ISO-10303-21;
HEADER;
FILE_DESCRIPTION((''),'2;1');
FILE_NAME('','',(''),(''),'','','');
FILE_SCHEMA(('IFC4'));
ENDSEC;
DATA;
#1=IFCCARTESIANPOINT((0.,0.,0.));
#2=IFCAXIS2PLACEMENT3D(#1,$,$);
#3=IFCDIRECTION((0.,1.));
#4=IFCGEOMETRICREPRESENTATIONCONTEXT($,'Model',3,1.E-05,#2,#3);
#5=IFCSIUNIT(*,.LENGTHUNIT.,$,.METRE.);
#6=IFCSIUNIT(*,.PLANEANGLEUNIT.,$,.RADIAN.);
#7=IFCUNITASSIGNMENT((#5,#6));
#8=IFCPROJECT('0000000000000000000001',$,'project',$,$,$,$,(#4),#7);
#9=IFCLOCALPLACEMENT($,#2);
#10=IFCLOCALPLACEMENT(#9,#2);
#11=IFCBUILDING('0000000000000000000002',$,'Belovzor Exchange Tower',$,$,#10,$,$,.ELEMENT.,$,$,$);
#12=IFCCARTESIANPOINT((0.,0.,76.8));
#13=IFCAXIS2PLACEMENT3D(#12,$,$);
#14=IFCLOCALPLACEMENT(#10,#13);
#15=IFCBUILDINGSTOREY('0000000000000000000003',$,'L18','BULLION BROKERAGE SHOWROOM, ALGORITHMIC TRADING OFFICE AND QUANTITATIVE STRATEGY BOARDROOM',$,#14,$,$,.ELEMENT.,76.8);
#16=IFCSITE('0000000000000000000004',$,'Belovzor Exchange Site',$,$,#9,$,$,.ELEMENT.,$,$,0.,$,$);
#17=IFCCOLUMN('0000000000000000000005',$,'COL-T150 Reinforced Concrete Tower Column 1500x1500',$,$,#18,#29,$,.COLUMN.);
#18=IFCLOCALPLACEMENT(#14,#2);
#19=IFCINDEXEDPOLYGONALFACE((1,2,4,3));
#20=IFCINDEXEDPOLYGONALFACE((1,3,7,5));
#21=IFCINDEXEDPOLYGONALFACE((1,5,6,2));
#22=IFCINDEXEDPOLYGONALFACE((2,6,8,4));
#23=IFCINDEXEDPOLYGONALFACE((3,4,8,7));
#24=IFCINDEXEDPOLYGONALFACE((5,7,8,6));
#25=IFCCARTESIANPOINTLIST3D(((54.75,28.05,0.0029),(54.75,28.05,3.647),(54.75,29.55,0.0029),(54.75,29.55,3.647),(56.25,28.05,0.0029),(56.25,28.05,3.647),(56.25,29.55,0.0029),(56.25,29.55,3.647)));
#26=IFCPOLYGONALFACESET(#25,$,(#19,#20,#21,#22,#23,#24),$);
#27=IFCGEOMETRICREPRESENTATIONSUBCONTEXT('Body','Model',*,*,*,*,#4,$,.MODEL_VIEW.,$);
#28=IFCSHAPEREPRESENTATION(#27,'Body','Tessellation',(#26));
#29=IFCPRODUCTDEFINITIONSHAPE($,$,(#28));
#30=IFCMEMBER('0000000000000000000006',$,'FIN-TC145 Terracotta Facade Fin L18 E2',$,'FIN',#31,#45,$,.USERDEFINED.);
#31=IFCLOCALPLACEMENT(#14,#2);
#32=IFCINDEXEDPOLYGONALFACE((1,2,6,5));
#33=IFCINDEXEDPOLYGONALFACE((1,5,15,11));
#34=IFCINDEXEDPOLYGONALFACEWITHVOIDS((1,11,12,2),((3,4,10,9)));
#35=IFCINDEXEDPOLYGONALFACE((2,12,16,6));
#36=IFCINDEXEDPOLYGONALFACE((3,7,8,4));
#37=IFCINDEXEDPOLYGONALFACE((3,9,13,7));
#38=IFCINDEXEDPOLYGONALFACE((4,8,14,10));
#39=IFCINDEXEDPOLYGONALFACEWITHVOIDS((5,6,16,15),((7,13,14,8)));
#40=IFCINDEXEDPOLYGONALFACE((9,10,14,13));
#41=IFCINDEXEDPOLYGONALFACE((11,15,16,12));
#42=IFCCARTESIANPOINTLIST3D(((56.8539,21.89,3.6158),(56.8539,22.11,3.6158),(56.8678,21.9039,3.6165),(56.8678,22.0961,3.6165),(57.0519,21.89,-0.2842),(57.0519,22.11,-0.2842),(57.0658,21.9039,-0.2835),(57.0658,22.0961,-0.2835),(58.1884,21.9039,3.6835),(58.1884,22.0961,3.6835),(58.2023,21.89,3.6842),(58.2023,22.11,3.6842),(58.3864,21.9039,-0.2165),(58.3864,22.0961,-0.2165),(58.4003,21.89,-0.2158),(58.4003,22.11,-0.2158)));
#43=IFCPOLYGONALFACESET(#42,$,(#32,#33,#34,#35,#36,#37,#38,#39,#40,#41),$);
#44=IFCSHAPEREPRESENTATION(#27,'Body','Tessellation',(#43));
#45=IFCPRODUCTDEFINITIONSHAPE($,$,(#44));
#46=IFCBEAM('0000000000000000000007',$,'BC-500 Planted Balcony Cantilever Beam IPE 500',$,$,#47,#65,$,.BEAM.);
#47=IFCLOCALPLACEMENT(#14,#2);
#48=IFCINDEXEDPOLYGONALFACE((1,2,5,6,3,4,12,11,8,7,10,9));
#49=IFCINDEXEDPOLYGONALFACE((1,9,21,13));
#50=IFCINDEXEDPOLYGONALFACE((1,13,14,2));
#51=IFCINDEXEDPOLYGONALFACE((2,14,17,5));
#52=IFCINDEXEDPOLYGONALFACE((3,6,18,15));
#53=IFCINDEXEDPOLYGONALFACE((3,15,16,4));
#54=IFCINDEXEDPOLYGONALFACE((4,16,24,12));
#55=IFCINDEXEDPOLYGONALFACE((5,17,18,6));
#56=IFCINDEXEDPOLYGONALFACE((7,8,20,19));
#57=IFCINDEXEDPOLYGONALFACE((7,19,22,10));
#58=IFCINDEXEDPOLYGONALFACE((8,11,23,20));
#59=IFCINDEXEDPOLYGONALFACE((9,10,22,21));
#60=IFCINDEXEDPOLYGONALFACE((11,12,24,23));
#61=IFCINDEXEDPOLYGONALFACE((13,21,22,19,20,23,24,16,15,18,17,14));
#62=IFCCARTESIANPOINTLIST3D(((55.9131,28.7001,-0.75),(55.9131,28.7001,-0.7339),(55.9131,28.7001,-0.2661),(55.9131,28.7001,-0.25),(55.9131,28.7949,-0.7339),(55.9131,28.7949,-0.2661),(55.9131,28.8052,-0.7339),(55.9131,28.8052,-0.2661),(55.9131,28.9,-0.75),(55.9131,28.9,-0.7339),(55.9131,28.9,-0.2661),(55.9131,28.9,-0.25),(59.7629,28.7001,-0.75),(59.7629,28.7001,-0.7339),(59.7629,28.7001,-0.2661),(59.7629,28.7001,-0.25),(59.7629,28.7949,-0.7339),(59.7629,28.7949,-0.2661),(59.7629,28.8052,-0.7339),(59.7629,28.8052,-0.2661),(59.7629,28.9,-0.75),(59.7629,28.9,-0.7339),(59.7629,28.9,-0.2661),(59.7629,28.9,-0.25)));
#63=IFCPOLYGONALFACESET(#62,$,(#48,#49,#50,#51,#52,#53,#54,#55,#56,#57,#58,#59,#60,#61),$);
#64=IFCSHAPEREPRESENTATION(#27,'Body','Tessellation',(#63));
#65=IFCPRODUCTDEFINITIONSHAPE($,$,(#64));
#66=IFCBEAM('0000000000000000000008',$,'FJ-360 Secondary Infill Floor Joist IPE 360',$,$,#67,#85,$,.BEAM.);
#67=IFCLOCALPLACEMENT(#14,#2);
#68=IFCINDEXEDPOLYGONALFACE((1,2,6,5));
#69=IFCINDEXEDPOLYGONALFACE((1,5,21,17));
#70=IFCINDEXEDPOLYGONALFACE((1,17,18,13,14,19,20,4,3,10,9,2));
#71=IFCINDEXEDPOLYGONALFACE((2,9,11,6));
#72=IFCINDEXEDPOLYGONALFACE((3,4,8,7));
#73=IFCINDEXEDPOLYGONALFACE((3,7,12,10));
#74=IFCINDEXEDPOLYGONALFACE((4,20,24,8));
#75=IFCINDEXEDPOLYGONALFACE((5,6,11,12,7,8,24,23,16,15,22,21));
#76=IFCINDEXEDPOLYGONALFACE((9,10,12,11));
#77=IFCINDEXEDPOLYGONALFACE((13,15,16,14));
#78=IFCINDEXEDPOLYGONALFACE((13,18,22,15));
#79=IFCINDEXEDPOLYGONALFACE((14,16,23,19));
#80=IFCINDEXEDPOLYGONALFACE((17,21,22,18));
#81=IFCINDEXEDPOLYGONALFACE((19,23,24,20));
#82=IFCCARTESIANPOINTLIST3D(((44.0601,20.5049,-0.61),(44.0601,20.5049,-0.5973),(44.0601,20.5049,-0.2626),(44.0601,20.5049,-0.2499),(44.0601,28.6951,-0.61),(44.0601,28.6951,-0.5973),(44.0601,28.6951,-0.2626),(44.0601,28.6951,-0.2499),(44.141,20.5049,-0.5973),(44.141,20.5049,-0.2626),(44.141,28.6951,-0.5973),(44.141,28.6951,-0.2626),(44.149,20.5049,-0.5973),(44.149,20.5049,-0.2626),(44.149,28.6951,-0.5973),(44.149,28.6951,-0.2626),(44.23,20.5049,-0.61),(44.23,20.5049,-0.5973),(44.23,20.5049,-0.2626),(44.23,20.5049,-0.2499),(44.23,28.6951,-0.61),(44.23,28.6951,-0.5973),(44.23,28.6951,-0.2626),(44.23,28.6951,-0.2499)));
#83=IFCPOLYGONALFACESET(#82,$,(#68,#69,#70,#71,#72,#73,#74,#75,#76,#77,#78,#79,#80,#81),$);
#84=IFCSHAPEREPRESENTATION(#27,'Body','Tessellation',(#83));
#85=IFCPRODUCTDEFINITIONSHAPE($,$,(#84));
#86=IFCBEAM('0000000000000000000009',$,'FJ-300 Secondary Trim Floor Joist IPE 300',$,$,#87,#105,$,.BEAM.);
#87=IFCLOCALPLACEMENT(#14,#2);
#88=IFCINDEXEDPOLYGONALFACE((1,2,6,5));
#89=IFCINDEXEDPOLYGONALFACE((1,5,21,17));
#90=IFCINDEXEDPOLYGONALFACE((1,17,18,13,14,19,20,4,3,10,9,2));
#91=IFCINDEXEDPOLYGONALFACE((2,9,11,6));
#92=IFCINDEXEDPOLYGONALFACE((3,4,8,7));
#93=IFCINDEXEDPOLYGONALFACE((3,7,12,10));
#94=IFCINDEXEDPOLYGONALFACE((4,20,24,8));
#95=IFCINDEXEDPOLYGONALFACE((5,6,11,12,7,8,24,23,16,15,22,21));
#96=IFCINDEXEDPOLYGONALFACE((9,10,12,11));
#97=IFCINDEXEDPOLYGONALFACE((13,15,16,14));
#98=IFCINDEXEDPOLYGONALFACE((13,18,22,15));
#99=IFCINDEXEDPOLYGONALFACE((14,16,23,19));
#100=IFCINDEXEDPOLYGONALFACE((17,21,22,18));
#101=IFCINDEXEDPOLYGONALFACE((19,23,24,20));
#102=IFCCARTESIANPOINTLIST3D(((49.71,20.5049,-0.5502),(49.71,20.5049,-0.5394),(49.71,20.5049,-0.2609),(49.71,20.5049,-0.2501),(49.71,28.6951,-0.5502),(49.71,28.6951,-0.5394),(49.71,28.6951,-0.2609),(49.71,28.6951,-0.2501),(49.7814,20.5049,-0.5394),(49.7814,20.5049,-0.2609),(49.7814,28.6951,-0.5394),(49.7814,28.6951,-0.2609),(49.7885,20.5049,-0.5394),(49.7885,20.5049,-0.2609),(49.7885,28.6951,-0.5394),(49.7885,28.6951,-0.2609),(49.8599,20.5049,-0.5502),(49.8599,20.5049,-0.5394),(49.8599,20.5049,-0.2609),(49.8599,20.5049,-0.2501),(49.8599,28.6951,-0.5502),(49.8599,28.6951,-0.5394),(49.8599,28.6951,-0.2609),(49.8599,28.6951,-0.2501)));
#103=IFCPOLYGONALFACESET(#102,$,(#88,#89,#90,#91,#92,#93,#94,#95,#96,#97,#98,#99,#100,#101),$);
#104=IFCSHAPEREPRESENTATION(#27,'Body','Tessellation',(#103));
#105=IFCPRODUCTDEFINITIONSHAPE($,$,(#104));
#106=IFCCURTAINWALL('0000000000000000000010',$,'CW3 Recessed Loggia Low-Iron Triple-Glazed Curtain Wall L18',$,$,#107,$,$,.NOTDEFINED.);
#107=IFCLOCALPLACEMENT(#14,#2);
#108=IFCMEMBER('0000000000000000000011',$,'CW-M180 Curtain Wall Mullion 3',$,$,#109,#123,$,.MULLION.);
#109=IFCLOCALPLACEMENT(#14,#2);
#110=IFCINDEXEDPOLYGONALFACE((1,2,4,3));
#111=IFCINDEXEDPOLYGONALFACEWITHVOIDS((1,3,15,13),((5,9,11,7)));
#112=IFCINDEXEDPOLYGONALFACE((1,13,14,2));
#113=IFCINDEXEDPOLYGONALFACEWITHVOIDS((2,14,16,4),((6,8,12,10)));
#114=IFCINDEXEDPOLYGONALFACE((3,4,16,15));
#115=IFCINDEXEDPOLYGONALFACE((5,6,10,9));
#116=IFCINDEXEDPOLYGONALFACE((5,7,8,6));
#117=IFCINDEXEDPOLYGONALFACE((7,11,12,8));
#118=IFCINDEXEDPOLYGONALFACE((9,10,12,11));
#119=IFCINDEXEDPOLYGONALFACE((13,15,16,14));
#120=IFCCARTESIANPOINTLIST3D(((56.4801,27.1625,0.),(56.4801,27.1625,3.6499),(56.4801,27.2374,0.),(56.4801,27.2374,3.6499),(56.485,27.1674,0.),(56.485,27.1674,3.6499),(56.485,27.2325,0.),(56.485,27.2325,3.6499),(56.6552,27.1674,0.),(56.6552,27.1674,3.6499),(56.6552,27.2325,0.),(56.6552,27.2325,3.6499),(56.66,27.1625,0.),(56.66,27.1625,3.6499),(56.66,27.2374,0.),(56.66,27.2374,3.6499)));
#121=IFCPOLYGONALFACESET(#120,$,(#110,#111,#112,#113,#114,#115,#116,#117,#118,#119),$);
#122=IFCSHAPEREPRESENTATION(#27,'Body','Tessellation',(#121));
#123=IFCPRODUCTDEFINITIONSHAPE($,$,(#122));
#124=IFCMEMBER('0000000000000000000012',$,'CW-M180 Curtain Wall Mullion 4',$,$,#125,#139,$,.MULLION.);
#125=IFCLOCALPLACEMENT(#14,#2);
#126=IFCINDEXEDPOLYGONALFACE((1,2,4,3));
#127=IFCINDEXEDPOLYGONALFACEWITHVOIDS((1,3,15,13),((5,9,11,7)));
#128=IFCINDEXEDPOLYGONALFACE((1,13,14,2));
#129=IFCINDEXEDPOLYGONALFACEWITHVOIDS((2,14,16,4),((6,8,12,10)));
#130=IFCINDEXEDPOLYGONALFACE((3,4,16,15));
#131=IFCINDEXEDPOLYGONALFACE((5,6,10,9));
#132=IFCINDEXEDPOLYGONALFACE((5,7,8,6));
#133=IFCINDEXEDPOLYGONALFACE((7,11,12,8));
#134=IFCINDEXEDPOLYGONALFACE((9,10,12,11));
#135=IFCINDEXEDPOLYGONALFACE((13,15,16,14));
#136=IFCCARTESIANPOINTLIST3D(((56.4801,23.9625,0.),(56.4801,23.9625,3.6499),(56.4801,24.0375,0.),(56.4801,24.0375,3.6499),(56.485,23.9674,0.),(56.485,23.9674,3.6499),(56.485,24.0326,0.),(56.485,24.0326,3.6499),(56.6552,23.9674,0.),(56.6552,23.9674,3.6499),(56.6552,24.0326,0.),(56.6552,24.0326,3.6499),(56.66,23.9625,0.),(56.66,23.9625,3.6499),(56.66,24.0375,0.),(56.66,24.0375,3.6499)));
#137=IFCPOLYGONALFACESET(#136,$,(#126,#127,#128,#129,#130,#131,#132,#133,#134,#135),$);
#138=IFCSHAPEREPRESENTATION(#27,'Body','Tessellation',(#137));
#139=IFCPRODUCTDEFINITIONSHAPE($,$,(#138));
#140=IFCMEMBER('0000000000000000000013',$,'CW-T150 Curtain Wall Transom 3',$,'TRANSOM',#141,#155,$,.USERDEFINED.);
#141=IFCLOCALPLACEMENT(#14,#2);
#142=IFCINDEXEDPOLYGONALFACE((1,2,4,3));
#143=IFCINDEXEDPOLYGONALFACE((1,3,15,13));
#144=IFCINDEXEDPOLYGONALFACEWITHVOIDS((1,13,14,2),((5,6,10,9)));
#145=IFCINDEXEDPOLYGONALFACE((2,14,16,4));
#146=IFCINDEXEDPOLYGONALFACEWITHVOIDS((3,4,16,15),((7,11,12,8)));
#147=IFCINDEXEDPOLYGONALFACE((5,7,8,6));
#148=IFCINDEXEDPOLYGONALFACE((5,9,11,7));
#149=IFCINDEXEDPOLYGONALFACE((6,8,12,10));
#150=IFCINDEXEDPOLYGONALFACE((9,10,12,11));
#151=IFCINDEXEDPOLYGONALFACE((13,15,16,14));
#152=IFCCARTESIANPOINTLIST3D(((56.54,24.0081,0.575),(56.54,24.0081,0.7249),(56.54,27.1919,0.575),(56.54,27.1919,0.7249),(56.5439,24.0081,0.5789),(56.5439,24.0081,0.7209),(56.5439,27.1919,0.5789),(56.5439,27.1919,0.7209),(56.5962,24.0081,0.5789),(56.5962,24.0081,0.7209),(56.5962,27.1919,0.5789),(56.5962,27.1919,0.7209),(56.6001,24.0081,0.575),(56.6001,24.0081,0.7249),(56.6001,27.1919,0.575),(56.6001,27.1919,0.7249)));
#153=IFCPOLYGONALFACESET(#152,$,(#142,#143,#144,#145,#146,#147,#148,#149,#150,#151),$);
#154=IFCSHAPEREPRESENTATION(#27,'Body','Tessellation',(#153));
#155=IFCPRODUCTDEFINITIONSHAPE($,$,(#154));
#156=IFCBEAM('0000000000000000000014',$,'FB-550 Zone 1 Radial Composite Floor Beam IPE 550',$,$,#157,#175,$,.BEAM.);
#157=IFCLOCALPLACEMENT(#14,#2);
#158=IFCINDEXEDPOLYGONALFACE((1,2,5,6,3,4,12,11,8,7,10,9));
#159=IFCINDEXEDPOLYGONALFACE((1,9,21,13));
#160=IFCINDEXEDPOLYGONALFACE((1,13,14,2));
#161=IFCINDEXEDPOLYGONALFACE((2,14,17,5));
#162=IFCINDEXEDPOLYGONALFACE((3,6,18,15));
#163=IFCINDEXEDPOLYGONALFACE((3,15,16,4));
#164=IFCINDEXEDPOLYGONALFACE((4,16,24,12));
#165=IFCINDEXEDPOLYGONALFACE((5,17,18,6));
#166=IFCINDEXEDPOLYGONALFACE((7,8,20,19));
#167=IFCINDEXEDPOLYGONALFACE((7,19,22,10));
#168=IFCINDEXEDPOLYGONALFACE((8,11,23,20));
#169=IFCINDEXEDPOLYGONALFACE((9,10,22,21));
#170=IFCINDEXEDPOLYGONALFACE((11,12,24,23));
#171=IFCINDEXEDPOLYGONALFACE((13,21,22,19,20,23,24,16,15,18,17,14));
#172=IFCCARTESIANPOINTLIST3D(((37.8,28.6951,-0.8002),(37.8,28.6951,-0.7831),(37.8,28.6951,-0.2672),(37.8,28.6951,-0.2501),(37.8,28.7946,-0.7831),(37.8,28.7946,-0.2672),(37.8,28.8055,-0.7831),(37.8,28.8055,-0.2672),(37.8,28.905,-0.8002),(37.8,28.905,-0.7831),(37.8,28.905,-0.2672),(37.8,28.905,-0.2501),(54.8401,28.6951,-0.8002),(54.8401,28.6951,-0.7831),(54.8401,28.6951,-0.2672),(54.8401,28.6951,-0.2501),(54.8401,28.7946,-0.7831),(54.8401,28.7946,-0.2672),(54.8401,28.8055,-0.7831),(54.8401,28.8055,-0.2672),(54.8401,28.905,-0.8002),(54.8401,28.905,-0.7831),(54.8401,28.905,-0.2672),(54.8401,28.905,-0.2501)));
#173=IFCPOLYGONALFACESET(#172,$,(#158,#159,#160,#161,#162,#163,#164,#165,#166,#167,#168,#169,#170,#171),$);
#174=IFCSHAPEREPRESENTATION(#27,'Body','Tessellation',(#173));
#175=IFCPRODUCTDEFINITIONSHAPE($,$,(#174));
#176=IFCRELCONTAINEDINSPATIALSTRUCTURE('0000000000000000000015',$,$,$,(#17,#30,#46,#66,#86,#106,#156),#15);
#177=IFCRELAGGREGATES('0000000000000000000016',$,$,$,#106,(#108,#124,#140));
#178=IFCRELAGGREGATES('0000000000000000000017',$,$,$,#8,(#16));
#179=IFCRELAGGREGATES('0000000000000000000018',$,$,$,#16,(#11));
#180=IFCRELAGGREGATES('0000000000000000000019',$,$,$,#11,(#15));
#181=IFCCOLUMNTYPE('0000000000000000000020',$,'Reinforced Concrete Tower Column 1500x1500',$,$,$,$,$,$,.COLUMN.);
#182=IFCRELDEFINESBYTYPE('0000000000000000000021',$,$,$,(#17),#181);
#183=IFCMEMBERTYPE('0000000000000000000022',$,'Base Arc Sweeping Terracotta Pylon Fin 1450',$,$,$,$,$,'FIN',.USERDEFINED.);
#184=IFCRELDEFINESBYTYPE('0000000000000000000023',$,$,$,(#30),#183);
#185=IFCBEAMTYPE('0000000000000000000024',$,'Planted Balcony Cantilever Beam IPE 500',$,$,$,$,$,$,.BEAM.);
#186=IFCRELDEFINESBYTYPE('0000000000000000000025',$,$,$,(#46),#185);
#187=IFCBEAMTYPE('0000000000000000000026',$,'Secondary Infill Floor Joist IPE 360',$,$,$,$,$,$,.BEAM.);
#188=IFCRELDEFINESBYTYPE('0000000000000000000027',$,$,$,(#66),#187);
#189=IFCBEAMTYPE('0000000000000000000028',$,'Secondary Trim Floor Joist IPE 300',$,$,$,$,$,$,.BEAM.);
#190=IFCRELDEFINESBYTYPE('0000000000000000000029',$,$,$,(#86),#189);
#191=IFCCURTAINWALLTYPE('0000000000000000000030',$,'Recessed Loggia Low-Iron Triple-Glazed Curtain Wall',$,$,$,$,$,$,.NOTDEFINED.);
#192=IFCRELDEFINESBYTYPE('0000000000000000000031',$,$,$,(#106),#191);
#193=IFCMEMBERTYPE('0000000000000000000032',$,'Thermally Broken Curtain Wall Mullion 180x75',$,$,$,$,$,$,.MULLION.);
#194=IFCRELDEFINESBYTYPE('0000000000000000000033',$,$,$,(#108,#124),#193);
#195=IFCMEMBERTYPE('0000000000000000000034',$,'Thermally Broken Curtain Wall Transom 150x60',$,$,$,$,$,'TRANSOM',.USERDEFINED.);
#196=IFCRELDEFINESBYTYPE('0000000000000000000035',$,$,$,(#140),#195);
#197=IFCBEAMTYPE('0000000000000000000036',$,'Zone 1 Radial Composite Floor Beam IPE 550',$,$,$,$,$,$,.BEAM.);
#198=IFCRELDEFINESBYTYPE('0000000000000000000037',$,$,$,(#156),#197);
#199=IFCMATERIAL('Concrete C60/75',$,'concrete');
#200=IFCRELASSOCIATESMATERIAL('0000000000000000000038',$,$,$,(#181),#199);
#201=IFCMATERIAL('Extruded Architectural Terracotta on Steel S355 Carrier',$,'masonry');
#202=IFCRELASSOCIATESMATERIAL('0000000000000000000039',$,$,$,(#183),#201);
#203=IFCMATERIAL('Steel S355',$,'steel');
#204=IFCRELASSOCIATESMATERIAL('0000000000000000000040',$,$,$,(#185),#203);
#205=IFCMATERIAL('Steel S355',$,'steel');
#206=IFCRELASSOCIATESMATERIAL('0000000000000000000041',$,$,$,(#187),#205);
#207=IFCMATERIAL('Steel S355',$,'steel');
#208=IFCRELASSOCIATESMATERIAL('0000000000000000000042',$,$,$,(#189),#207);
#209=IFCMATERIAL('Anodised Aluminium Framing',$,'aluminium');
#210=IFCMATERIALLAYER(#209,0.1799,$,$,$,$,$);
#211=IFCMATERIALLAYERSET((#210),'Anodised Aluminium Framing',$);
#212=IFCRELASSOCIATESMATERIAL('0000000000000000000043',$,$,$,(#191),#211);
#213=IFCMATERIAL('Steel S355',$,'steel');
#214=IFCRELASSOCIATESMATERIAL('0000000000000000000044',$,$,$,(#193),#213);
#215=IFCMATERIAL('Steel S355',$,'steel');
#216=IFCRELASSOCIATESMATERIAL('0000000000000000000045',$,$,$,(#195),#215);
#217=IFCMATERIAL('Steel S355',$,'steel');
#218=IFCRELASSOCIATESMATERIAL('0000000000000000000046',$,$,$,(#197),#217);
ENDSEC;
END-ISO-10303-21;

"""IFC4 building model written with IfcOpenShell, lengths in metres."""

from ifc_helpers import new_model, si_unit, direction, frame, origin, origin_2d, place, context, subcontext, project, spatial, rectangle, hollow_rectangle, i_section, extrude, material, layer, layer_set, material_profile, profile_set, type_object, element, aggregate, save


model = new_model("IFC4")

# Units and contexts
model_context = context("Model", 3, precision=1e-05, world=origin(), true_north=direction((0.0, 1.0)))
body_context = subcontext(model_context, "Body", "Model", "MODEL_VIEW")
ifc_project = project(units=[si_unit("LENGTHUNIT", "METRE"), si_unit("PLANEANGLEUNIT", "RADIAN")], contexts=[model_context])

# Site, building, storey
site_placement = place(None, origin())
site = spatial("IfcSite", under=ifc_project, at=site_placement, Name="Belovzor Exchange Site", CompositionType="ELEMENT", RefElevation=0.0)
building_placement = place(site_placement, origin())
building = spatial("IfcBuilding", under=site, at=building_placement, Name="Belovzor Exchange Tower", CompositionType="ELEMENT")
storey_placement = place(building_placement, frame((0.0, 0.0, 76.8)))
storey = spatial("IfcBuildingStorey", under=building, at=storey_placement, Name="L18", Description="BULLION BROKERAGE SHOWROOM, ALGORITHMIC TRADING OFFICE AND QUANTITATIVE STRATEGY BOARDROOM", CompositionType="ELEMENT", Elevation=76.8)

# Column
ifc_material_1 = material(Name="Concrete C60/75", Category="concrete")
ifc_material_profile_1 = material_profile(ifc_material_1, rectangle(XDim=1.5, YDim=1.5, at=origin_2d()))
ifc_profile_set_1 = profile_set([ifc_material_profile_1], Name="Concrete C60/75")
column_type = type_object("IfcColumnType", Name="Reinforced Concrete Tower Column 1500x1500", PredefinedType="COLUMN", material=ifc_profile_set_1)
column_placement = place(storey_placement, frame((55.5, 28.8, 0.0029), z_axis=(0.0, 0.0, 1.0), x_axis=(1.0, 0.0, 0.0)))
element("IfcColumn", 1, at=column_placement, inside=storey, type_object=column_type, Name="COL-T150 Reinforced Concrete Tower Column 1500x1500", PredefinedType="COLUMN", context=body_context, shape_type="SweptSolid", body=[
    extrude(rectangle(XDim=1.5, YDim=1.5, at=origin_2d()), origin(), (0.0, 0.0, 1.0), 3.644),
])

# Member
ifc_material_2 = material(Name="Extruded Architectural Terracotta on Steel S355 Carrier", Category="masonry")
ifc_material_profile_2 = material_profile(ifc_material_2, hollow_rectangle(XDim=0.22, YDim=1.3501, WallThickness=0.0139, at=origin_2d()))
ifc_profile_set_2 = profile_set([ifc_material_profile_2], Name="Extruded Architectural Terracotta on Steel S355 Carrier")
member_type_1 = type_object("IfcMemberType", Name="Base Arc Sweeping Terracotta Pylon Fin 1450", ElementType="FIN", PredefinedType="USERDEFINED", material=ifc_profile_set_2)
member_1_placement = place(storey_placement, frame((57.7261, 22.0, -0.25), z_axis=(-0.050705, 0.0, 0.998714), x_axis=(0.0, -1.0, 0.0)))
element("IfcMember", 2, at=member_1_placement, inside=storey, type_object=member_type_1, Name="FIN-TC145 Terracotta Facade Fin L18 E2", ObjectType="FIN", PredefinedType="USERDEFINED", context=body_context, shape_type="SweptSolid", body=[
    extrude(hollow_rectangle(XDim=0.22, YDim=1.3501, WallThickness=0.0139, at=origin_2d()), origin(), (0.0, 0.0, 1.0), 3.905),
])

# Beams
ifc_material_3 = material(Name="Steel S355", Category="steel")
ifc_material_profile_3 = material_profile(ifc_material_3, i_section(OverallWidth=0.2, OverallDepth=0.5, WebThickness=0.0103, FlangeThickness=0.0161, at=origin_2d()))
ifc_profile_set_3 = profile_set([ifc_material_profile_3], Name="Steel S355")
beam_type_1 = type_object("IfcBeamType", Name="Planted Balcony Cantilever Beam IPE 500", PredefinedType="BEAM", material=ifc_profile_set_3)
beam_1_placement = place(storey_placement, frame((55.9131, 28.8, -0.5), z_axis=(1.0, 0.0, 0.0), x_axis=(0.0, 1.0, 0.0)))
element("IfcBeam", 3, at=beam_1_placement, inside=storey, type_object=beam_type_1, Name="BC-500 Planted Balcony Cantilever Beam IPE 500", PredefinedType="BEAM", context=body_context, shape_type="SweptSolid", body=[
    extrude(i_section(OverallWidth=0.2, OverallDepth=0.5, WebThickness=0.0103, FlangeThickness=0.0161, at=origin_2d()), origin(), (0.0, 0.0, 1.0), 3.8499),
])
ifc_material_4 = material(Name="Steel S355", Category="steel")
ifc_material_profile_4 = material_profile(ifc_material_4, i_section(OverallWidth=0.1699, OverallDepth=0.3601, WebThickness=0.0081, FlangeThickness=0.0127, at=origin_2d()))
ifc_profile_set_4 = profile_set([ifc_material_profile_4], Name="Steel S355")
beam_type_2 = type_object("IfcBeamType", Name="Secondary Infill Floor Joist IPE 360", PredefinedType="BEAM", material=ifc_profile_set_4)
beam_2_placement = place(storey_placement, frame((44.145, 20.5049, -0.4299), z_axis=(0.0, 1.0, 0.0), x_axis=(-1.0, 0.0, 0.0)))
element("IfcBeam", 4, at=beam_2_placement, inside=storey, type_object=beam_type_2, Name="FJ-360 Secondary Infill Floor Joist IPE 360", PredefinedType="BEAM", context=body_context, shape_type="SweptSolid", body=[
    extrude(i_section(OverallWidth=0.1699, OverallDepth=0.3601, WebThickness=0.0081, FlangeThickness=0.0127, at=origin_2d()), origin(), (0.0, 0.0, 1.0), 8.1902),
])
ifc_material_5 = material(Name="Steel S355", Category="steel")
ifc_material_profile_5 = material_profile(ifc_material_5, i_section(OverallWidth=0.1499, OverallDepth=0.3, WebThickness=0.0071, FlangeThickness=0.0107, at=origin_2d()))
ifc_profile_set_5 = profile_set([ifc_material_profile_5], Name="Steel S355")
beam_type_3 = type_object("IfcBeamType", Name="Secondary Trim Floor Joist IPE 300", PredefinedType="BEAM", material=ifc_profile_set_5)
beam_3_placement = place(storey_placement, frame((49.7849, 20.5049, -0.4001), z_axis=(0.0, 1.0, 0.0), x_axis=(-1.0, 0.0, 0.0)))
element("IfcBeam", 5, at=beam_3_placement, inside=storey, type_object=beam_type_3, Name="FJ-300 Secondary Trim Floor Joist IPE 300", PredefinedType="BEAM", context=body_context, shape_type="SweptSolid", body=[
    extrude(i_section(OverallWidth=0.1499, OverallDepth=0.3, WebThickness=0.0071, FlangeThickness=0.0107, at=origin_2d()), origin(), (0.0, 0.0, 1.0), 8.1902),
])

# Curtain wall, members
ifc_material_6 = material(Name="Anodised Aluminium Framing", Category="aluminium")
ifc_layer_1 = layer(ifc_material_6, 0.1799)
ifc_layer_set_1 = layer_set([ifc_layer_1], Name="Anodised Aluminium Framing")
curtain_wall_type = type_object("IfcCurtainWallType", Name="Recessed Loggia Low-Iron Triple-Glazed Curtain Wall", PredefinedType="NOTDEFINED", material=ifc_layer_set_1)
curtain_wall_placement = place(storey_placement, origin())
curtain_wall = element("IfcCurtainWall", 6, at=curtain_wall_placement, inside=storey, type_object=curtain_wall_type, Name="CW3 Recessed Loggia Low-Iron Triple-Glazed Curtain Wall L18", PredefinedType="NOTDEFINED")
ifc_material_7 = material(Name="Steel S355", Category="steel")
ifc_material_profile_6 = material_profile(ifc_material_7, hollow_rectangle(XDim=0.075, YDim=0.1799, WallThickness=0.0049, at=origin_2d()))
ifc_profile_set_6 = profile_set([ifc_material_profile_6], Name="Steel S355")
member_type_2 = type_object("IfcMemberType", Name="Thermally Broken Curtain Wall Mullion 180x75", PredefinedType="MULLION", material=ifc_profile_set_6)
member_2_placement = place(storey_placement, frame((56.5701, 27.2, 0.0), z_axis=(0.0, 0.0, 1.0), x_axis=(0.0, -1.0, 0.0)))
member_2 = element("IfcMember", 7, at=member_2_placement, type_object=member_type_2, Name="CW-M180 Curtain Wall Mullion 3", PredefinedType="MULLION", context=body_context, shape_type="SweptSolid", body=[
    extrude(hollow_rectangle(XDim=0.075, YDim=0.1799, WallThickness=0.0049, at=origin_2d()), origin(), (0.0, 0.0, 1.0), 3.6499),
])
member_3_placement = place(storey_placement, frame((56.5701, 24.0, 0.0), z_axis=(0.0, 0.0, 1.0), x_axis=(0.0, -1.0, 0.0)))
member_3 = element("IfcMember", 8, at=member_3_placement, type_object=member_type_2, Name="CW-M180 Curtain Wall Mullion 4", PredefinedType="MULLION", context=body_context, shape_type="SweptSolid", body=[
    extrude(hollow_rectangle(XDim=0.075, YDim=0.1799, WallThickness=0.0049, at=origin_2d()), origin(), (0.0, 0.0, 1.0), 3.6499),
])
ifc_material_8 = material(Name="Steel S355", Category="steel")
ifc_material_profile_7 = material_profile(ifc_material_8, hollow_rectangle(XDim=0.0601, YDim=0.1499, WallThickness=0.0039, at=origin_2d()))
ifc_profile_set_7 = profile_set([ifc_material_profile_7], Name="Steel S355")
member_type_3 = type_object("IfcMemberType", Name="Thermally Broken Curtain Wall Transom 150x60", ElementType="TRANSOM", PredefinedType="USERDEFINED", material=ifc_profile_set_7)
member_4_placement = place(storey_placement, frame((56.5701, 27.1919, 0.6499), z_axis=(0.0, -1.0, 0.0), x_axis=(1.0, 0.0, 0.0)))
member_4 = element("IfcMember", 9, at=member_4_placement, type_object=member_type_3, Name="CW-T150 Curtain Wall Transom 3", ObjectType="TRANSOM", PredefinedType="USERDEFINED", context=body_context, shape_type="SweptSolid", body=[
    extrude(hollow_rectangle(XDim=0.0601, YDim=0.1499, WallThickness=0.0039, at=origin_2d()), origin(), (0.0, 0.0, 1.0), 3.1838),
])

# Beam
ifc_material_9 = material(Name="Steel S355", Category="steel")
ifc_material_profile_8 = material_profile(ifc_material_9, i_section(OverallWidth=0.21, OverallDepth=0.55, WebThickness=0.011, FlangeThickness=0.0171, at=origin_2d()))
ifc_profile_set_8 = profile_set([ifc_material_profile_8], Name="Steel S355")
beam_type_4 = type_object("IfcBeamType", Name="Zone 1 Radial Composite Floor Beam IPE 550", PredefinedType="BEAM", material=ifc_profile_set_8)
beam_4_placement = place(storey_placement, frame((37.8, 28.8, -0.5251), z_axis=(1.0, 0.0, 0.0), x_axis=(0.0, 1.0, 0.0)))
element("IfcBeam", 10, at=beam_4_placement, inside=storey, type_object=beam_type_4, Name="FB-550 Zone 1 Radial Composite Floor Beam IPE 550", PredefinedType="BEAM", context=body_context, shape_type="SweptSolid", body=[
    extrude(i_section(OverallWidth=0.21, OverallDepth=0.55, WebThickness=0.011, FlangeThickness=0.0171, at=origin_2d()), origin(), (0.0, 0.0, 1.0), 17.04),
])

aggregate(curtain_wall, [member_2, member_3, member_4])

save(model, "model.ifc")
